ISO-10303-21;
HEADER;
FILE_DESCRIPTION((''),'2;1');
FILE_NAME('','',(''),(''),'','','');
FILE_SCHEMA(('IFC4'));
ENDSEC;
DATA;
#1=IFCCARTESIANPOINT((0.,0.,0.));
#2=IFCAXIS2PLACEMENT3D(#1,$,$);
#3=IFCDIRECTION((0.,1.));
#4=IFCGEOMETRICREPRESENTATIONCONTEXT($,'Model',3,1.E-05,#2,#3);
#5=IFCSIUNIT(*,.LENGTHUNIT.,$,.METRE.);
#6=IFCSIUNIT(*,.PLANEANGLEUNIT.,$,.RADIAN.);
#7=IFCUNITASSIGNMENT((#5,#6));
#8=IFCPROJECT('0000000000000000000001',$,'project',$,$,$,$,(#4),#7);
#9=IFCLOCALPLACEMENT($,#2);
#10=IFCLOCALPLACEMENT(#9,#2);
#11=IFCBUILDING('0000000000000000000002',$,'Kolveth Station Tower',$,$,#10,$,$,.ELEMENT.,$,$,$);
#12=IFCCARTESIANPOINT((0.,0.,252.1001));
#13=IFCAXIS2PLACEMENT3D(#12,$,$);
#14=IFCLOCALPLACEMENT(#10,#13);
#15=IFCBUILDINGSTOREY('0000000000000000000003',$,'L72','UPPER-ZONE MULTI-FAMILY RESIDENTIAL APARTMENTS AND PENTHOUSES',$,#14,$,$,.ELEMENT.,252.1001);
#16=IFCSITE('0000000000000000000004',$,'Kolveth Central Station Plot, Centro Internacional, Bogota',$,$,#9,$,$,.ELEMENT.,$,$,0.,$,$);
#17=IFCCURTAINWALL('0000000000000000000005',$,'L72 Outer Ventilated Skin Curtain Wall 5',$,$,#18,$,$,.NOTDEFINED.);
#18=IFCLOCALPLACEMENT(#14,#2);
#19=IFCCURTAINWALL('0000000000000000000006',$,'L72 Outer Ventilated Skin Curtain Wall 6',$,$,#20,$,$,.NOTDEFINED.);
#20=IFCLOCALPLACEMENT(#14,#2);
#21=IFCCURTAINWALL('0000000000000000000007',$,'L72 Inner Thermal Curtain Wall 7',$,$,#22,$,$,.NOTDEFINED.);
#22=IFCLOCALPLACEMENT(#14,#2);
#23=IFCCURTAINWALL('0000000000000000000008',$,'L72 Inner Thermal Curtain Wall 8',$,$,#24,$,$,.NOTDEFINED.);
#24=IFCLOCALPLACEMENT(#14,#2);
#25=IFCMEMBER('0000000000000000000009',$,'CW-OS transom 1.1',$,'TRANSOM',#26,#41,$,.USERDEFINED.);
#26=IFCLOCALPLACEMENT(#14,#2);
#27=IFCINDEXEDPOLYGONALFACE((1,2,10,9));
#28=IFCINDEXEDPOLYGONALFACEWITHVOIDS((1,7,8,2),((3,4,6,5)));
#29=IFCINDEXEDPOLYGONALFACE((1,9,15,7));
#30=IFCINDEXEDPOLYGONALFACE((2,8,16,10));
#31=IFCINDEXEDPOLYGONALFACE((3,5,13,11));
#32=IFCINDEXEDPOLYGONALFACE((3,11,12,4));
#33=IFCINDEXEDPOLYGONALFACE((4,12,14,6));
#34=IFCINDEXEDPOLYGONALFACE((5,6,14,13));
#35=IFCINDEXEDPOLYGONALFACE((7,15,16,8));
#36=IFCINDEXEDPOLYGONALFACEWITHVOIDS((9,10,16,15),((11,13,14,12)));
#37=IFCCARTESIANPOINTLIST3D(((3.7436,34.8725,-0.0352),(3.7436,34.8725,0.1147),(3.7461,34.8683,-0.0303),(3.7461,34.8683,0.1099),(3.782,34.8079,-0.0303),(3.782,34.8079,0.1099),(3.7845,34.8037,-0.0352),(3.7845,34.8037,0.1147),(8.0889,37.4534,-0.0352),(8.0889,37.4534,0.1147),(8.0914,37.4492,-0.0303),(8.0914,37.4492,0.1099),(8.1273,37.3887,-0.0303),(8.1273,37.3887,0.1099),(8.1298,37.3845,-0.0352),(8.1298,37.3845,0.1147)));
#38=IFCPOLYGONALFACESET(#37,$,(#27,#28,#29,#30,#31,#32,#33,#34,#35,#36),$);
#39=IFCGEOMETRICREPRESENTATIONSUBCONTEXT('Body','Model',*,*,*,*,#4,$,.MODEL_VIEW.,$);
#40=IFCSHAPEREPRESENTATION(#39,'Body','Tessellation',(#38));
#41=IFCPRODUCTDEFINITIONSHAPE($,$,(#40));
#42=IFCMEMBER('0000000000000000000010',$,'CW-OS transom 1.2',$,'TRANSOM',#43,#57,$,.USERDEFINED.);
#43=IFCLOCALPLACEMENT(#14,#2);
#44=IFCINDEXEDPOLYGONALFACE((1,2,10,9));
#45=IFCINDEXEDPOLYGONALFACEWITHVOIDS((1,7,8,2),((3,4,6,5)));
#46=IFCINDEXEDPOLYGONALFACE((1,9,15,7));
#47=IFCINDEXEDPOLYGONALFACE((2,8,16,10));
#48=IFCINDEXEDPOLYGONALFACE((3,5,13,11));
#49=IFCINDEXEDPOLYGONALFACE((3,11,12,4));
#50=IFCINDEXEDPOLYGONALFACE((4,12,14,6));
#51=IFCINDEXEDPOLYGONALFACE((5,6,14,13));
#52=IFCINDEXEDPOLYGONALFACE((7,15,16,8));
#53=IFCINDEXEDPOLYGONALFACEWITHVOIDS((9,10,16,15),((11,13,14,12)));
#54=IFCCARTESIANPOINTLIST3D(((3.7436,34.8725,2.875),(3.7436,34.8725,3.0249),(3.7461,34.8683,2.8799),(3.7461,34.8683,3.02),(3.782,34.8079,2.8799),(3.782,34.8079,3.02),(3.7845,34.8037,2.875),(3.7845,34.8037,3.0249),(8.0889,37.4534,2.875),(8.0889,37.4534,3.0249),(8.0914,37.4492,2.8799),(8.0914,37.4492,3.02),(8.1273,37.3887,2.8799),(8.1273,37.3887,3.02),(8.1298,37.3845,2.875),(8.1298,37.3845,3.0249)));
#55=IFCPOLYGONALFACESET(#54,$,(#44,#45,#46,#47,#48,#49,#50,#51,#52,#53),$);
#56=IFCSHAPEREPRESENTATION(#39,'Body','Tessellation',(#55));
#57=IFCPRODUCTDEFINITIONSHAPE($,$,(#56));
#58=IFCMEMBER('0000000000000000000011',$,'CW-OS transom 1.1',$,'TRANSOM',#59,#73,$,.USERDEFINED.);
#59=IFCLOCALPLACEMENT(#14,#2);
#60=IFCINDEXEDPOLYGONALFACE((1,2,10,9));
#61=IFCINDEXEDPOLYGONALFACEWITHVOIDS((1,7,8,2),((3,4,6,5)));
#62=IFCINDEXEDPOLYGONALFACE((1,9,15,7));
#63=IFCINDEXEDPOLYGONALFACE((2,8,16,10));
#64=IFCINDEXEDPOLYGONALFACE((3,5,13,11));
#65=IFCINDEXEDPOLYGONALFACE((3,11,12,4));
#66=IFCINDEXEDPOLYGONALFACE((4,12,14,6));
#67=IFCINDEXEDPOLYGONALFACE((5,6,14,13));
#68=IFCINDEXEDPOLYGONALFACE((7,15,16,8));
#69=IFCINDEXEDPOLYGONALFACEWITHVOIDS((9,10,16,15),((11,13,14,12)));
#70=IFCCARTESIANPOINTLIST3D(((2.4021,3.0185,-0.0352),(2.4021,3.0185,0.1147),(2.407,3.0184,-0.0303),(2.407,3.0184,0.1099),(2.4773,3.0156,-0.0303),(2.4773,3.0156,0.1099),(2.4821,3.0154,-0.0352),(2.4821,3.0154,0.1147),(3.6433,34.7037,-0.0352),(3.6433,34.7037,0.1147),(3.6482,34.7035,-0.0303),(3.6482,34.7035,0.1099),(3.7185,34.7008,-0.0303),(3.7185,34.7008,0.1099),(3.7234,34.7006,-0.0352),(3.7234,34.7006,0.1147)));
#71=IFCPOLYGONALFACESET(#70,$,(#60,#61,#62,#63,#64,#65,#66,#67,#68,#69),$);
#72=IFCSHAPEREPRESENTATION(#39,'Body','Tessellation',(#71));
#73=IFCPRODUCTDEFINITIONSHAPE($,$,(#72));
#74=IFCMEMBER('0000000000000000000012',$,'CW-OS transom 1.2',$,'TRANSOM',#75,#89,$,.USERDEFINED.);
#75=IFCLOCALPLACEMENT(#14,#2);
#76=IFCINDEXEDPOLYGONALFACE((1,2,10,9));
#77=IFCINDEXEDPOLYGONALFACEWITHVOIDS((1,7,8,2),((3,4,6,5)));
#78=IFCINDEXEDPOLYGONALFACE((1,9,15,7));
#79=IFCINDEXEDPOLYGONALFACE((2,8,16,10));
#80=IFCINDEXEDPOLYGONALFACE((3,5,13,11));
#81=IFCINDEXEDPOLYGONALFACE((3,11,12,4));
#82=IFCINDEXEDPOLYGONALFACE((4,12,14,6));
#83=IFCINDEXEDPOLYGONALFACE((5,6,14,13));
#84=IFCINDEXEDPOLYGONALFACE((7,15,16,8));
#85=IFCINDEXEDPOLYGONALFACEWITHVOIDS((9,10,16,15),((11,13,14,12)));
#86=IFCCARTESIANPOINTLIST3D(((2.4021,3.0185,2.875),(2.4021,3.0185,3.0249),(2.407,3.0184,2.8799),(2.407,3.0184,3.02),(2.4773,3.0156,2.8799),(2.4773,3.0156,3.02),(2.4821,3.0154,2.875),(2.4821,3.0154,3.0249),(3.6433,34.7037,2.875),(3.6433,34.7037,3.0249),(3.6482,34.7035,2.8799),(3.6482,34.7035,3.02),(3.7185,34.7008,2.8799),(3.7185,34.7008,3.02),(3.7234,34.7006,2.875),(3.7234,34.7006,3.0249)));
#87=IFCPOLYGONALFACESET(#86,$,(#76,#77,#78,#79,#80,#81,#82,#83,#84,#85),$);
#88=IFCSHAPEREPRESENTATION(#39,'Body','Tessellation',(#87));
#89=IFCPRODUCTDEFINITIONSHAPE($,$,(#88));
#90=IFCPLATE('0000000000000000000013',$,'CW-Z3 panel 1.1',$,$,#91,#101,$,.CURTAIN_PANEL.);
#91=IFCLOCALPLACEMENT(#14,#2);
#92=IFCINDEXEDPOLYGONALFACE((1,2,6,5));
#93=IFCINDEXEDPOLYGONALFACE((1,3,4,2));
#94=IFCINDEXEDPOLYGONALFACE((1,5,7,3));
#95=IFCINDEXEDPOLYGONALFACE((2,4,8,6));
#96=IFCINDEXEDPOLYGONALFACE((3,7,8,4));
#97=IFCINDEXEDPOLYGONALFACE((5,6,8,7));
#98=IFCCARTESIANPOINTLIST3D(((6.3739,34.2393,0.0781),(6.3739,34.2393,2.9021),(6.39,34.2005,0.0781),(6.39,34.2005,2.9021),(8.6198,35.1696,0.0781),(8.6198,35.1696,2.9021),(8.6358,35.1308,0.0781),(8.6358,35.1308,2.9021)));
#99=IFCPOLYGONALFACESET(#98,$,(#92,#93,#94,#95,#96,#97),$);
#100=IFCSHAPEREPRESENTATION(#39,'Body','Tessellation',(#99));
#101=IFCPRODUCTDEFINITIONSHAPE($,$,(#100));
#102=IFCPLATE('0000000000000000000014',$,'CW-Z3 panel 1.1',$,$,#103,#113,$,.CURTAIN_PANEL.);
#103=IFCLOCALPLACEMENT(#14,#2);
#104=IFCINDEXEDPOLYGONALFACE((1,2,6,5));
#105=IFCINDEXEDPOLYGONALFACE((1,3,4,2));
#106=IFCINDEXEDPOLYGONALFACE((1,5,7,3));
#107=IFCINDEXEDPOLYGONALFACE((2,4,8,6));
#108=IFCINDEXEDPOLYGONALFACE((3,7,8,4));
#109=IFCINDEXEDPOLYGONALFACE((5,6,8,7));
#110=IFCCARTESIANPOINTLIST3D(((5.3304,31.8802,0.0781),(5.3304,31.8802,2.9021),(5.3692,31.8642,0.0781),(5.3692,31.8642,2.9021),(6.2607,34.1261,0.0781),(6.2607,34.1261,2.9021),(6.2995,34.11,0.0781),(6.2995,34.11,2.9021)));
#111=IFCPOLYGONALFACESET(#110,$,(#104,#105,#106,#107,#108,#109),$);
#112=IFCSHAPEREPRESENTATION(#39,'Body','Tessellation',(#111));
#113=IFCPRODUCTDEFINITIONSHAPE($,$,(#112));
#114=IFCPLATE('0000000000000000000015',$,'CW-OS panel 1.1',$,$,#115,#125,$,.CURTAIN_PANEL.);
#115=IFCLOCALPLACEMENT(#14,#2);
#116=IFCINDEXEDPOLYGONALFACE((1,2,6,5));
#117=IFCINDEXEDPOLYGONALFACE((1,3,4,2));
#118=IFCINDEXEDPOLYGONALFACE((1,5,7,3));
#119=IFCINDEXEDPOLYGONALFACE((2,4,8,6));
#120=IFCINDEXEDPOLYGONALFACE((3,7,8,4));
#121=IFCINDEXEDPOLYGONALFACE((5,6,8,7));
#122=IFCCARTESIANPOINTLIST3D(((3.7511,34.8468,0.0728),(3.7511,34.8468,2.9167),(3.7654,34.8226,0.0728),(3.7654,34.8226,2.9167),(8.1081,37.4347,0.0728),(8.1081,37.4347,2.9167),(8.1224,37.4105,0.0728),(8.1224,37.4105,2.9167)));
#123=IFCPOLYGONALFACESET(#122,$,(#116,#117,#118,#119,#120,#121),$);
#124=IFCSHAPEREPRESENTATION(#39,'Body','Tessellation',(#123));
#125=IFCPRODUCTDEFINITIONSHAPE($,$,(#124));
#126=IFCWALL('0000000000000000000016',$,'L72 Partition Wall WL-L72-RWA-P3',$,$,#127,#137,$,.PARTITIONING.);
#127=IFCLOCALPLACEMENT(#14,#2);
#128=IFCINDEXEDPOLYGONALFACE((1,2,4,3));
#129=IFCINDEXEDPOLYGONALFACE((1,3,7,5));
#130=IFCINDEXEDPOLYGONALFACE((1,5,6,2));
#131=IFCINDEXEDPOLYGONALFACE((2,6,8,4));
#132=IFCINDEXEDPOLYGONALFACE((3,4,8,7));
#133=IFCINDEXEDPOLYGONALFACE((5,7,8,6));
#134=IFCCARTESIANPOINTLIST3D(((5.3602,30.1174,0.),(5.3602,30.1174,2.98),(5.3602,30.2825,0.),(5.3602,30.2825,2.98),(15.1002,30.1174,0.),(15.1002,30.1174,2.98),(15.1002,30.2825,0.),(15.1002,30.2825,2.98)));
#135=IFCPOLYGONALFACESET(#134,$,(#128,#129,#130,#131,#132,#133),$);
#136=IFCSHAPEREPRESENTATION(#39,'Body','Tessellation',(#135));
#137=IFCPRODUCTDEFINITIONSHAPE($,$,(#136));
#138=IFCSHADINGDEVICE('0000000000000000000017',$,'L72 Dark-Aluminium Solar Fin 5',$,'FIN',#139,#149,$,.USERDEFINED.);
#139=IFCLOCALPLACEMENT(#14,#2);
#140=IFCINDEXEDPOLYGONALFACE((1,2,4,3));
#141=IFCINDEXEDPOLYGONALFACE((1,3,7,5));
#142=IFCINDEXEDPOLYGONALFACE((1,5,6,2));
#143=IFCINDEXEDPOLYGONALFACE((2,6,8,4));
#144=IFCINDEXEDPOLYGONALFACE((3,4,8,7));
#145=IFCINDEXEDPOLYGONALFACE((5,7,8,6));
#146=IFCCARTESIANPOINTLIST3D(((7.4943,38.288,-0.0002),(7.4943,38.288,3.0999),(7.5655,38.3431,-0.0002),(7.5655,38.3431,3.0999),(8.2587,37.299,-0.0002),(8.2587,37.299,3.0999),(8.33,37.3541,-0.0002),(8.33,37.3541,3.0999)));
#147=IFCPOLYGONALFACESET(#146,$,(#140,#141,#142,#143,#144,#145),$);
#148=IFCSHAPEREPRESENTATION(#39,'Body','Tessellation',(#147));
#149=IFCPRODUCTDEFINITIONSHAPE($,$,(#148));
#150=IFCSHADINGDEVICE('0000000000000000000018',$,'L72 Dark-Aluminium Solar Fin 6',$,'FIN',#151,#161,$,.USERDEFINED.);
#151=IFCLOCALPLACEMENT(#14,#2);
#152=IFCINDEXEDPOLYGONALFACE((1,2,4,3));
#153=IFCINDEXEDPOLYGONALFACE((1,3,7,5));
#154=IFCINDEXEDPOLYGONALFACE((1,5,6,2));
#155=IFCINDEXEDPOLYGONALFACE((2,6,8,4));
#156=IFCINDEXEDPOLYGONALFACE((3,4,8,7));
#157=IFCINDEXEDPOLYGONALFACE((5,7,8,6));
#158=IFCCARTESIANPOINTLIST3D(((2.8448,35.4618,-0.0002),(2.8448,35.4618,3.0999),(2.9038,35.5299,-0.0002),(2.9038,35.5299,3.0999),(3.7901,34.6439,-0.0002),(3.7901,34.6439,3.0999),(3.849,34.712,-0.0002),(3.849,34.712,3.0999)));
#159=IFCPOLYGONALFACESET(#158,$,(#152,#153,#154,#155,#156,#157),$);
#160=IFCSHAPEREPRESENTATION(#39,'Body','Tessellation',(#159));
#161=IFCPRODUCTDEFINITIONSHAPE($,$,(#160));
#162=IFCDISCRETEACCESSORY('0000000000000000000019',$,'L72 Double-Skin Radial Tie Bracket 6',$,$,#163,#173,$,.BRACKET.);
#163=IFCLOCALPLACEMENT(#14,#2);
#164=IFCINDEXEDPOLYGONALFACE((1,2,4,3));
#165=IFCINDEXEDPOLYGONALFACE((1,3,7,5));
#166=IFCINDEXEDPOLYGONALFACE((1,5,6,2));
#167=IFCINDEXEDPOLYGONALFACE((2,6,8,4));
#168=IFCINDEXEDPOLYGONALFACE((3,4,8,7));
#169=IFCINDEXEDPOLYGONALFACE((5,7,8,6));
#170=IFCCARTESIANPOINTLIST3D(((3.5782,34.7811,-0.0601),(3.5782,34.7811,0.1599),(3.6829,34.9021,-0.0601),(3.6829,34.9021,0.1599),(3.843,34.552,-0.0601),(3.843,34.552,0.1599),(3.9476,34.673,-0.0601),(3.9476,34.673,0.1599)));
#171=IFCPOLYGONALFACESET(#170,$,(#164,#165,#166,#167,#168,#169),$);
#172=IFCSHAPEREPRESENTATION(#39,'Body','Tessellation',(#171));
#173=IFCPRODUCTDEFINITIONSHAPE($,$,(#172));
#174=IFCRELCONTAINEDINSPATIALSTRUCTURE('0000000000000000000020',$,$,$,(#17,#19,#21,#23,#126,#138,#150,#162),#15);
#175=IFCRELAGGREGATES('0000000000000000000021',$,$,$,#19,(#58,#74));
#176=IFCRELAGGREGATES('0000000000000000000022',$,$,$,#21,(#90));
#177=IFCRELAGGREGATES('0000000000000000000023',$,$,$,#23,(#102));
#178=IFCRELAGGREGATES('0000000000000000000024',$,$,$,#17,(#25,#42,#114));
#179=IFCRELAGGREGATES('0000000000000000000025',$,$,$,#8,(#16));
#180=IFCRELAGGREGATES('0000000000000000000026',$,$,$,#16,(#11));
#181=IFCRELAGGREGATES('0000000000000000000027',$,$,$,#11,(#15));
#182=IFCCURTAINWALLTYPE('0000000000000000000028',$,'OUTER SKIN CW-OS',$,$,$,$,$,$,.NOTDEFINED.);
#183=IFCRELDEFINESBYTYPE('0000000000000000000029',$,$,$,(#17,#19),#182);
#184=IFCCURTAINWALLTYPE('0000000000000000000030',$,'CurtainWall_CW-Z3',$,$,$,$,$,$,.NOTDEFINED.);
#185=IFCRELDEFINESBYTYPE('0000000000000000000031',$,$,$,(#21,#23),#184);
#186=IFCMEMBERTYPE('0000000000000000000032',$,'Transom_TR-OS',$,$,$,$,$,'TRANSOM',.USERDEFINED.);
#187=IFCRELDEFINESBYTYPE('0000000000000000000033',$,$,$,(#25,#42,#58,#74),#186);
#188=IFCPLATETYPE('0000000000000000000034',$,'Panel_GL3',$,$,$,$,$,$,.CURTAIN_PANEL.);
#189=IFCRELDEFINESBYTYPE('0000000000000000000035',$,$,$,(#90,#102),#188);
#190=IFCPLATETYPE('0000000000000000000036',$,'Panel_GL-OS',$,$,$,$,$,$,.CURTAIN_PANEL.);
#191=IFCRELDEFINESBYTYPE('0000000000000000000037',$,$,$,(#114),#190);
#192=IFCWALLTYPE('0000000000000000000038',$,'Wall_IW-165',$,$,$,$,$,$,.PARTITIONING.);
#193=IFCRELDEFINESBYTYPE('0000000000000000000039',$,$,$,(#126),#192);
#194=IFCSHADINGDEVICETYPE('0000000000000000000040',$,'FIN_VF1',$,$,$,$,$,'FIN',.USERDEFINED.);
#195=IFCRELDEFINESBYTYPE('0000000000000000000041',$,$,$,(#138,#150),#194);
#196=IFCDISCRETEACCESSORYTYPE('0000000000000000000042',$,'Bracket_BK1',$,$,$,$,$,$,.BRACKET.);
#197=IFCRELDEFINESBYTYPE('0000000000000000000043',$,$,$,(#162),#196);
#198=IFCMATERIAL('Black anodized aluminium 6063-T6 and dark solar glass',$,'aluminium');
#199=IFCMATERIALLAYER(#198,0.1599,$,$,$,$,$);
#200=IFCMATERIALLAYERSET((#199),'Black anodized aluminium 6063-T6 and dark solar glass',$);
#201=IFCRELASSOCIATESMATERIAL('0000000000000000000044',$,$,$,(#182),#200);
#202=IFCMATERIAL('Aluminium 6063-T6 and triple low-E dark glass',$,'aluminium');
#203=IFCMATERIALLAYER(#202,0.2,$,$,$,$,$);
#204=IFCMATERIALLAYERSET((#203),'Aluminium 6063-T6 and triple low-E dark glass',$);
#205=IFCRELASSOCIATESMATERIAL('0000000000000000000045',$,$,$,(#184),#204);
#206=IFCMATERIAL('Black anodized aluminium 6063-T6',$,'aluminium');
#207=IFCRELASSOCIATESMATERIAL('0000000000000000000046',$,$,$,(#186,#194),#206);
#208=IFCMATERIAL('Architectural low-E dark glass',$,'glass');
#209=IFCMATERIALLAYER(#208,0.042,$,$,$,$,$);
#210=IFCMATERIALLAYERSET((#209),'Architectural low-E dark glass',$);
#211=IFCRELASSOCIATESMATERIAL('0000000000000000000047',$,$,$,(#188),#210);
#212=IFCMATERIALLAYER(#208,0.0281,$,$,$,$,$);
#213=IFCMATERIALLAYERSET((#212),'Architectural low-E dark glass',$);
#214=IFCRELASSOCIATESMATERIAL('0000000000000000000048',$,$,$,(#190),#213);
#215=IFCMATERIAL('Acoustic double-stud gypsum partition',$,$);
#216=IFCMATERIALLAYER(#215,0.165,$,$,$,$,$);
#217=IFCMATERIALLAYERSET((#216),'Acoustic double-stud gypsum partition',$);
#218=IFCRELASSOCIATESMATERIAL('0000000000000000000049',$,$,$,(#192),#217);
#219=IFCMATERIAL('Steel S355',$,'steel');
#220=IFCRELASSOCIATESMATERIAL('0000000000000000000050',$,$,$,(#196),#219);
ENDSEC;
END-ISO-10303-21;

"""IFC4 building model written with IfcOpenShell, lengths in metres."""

from ifc_helpers import new_model, si_unit, direction, frame, frame_2d, origin, origin_2d, place, context, subcontext, project, spatial, rectangle, hollow_rectangle, extrude, source, transform, mapped, material, layer, layer_set, material_profile, profile_set, type_object, element, aggregate, save


model = new_model("IFC4")

# Units and contexts
model_context = context("Model", 3, precision=1e-05, world=origin(), true_north=direction((0.0, 1.0)))
body_context = subcontext(model_context, "Body", "Model", "MODEL_VIEW")
ifc_project = project(units=[si_unit("LENGTHUNIT", "METRE"), si_unit("PLANEANGLEUNIT", "RADIAN")], contexts=[model_context])

# Site, building, storey
site_placement = place(None, origin())
site = spatial("IfcSite", under=ifc_project, at=site_placement, Name="Kolveth Central Station Plot, Centro Internacional, Bogota", CompositionType="ELEMENT", RefElevation=0.0)
building_placement = place(site_placement, origin())
building = spatial("IfcBuilding", under=site, at=building_placement, Name="Kolveth Station Tower", CompositionType="ELEMENT")
storey_placement = place(building_placement, frame((0.0, 0.0, 252.1001)))
storey = spatial("IfcBuildingStorey", under=building, at=storey_placement, Name="L72", Description="UPPER-ZONE MULTI-FAMILY RESIDENTIAL APARTMENTS AND PENTHOUSES", CompositionType="ELEMENT", Elevation=252.1001)

# Curtain walls
ifc_material_1 = material(Name="Black anodized aluminium 6063-T6 and dark solar glass", Category="aluminium")
ifc_layer_1 = layer(ifc_material_1, 0.1599)
ifc_layer_set_1 = layer_set([ifc_layer_1], Name="Black anodized aluminium 6063-T6 and dark solar glass")
curtain_wall_type_1 = type_object("IfcCurtainWallType", Name="OUTER SKIN CW-OS", PredefinedType="NOTDEFINED", material=ifc_layer_set_1)
curtain_wall_1_placement = place(storey_placement, origin())
curtain_wall_1 = element("IfcCurtainWall", 1, at=curtain_wall_1_placement, inside=storey, type_object=curtain_wall_type_1, Name="L72 Outer Ventilated Skin Curtain Wall 5", PredefinedType="NOTDEFINED")
ifc_material_2 = material(Name="Black anodized aluminium 6063-T6", Category="aluminium")
curtain_wall_2_placement = place(storey_placement, origin())
curtain_wall_2 = element("IfcCurtainWall", 2, at=curtain_wall_2_placement, inside=storey, type_object=curtain_wall_type_1, Name="L72 Outer Ventilated Skin Curtain Wall 6", PredefinedType="NOTDEFINED")
ifc_material_3 = material(Name="Aluminium 6063-T6 and triple low-E dark glass", Category="aluminium")
ifc_layer_2 = layer(ifc_material_3, 0.2)
ifc_layer_set_2 = layer_set([ifc_layer_2], Name="Aluminium 6063-T6 and triple low-E dark glass")
curtain_wall_type_2 = type_object("IfcCurtainWallType", Name="CurtainWall_CW-Z3", PredefinedType="NOTDEFINED", material=ifc_layer_set_2)
curtain_wall_3_placement = place(storey_placement, origin())
curtain_wall_3 = element("IfcCurtainWall", 3, at=curtain_wall_3_placement, inside=storey, type_object=curtain_wall_type_2, Name="L72 Inner Thermal Curtain Wall 7", PredefinedType="NOTDEFINED")

# Curtain wall
curtain_wall_4_placement = place(storey_placement, origin())
curtain_wall_4 = element("IfcCurtainWall", 4, at=curtain_wall_4_placement, inside=storey, type_object=curtain_wall_type_2, Name="L72 Inner Thermal Curtain Wall 8", PredefinedType="NOTDEFINED")

# Members
ifc_material_profile_1 = material_profile(ifc_material_2, hollow_rectangle(XDim=0.0801, YDim=0.1499, WallThickness=0.0049, at=origin_2d()), Name="ALU-80x150x5")
ifc_profile_set_1 = profile_set([ifc_material_profile_1], Name="Black anodized aluminium 6063-T6")
member_type_1 = type_object("IfcMemberType", Name="Transom_TR-OS", ElementType="TRANSOM", PredefinedType="USERDEFINED", material=ifc_profile_set_1)
shared_shape_1 = source(origin(), body_context, "Body", "SweptSolid", [
    extrude(hollow_rectangle(XDim=0.0801, YDim=0.1499, WallThickness=0.0049, at=origin_2d()), origin(), (0.0, 0.0, 1.0), 5.054),
])
member_1_placement = place(storey_placement, frame((8.1094, 37.4189, 0.0398), z_axis=(-0.859782, -0.510662, 0.0), x_axis=(0.510662, -0.859782, 0.0)))
member_1 = element("IfcMember", 5, at=member_1_placement, type_object=member_type_1, Name="CW-OS transom 1.1", ObjectType="TRANSOM", PredefinedType="USERDEFINED", context=body_context, shape_type="MappedRepresentation", body=[
    mapped(shared_shape_1, transform((0.0, 0.0, 0.0), x_axis=(1.0, 0.0, 0.0), y_axis=(0.0, 1.0, 0.0), z_axis=(0.0, 0.0, 1.0), scale=1.0)),
])
member_2_placement = place(storey_placement, frame((8.1094, 37.4189, 2.95), z_axis=(-0.859782, -0.510662, 0.0), x_axis=(0.510662, -0.859782, 0.0)))
member_2 = element("IfcMember", 6, at=member_2_placement, type_object=member_type_1, Name="CW-OS transom 1.2", ObjectType="TRANSOM", PredefinedType="USERDEFINED", context=body_context, shape_type="MappedRepresentation", body=[
    mapped(shared_shape_1, transform((0.0, 0.0, 0.0), x_axis=(1.0, 0.0, 0.0), y_axis=(0.0, 1.0, 0.0), z_axis=(0.0, 0.0, 1.0), scale=1.0)),
])
shared_shape_2 = source(origin(), body_context, "Body", "SweptSolid", [
    extrude(hollow_rectangle(XDim=0.0801, YDim=0.1499, WallThickness=0.0049, at=origin_2d()), origin(), (0.0, 0.0, 1.0), 31.7095),
])
member_3_placement = place(storey_placement, frame((3.6833, 34.7021, 0.0398), z_axis=(-0.039143, -0.999234, 0.0), x_axis=(0.999234, -0.039143, 0.0)))
member_3 = element("IfcMember", 7, at=member_3_placement, type_object=member_type_1, Name="CW-OS transom 1.1", ObjectType="TRANSOM", PredefinedType="USERDEFINED", context=body_context, shape_type="MappedRepresentation", body=[
    mapped(shared_shape_2, transform((0.0, 0.0, 0.0), x_axis=(1.0, 0.0, 0.0), y_axis=(0.0, 1.0, 0.0), z_axis=(0.0, 0.0, 1.0), scale=1.0)),
])
member_4_placement = place(storey_placement, frame((3.6833, 34.7021, 2.95), z_axis=(-0.039143, -0.999234, 0.0), x_axis=(0.999234, -0.039143, 0.0)))
member_4 = element("IfcMember", 8, at=member_4_placement, type_object=member_type_1, Name="CW-OS transom 1.2", ObjectType="TRANSOM", PredefinedType="USERDEFINED", context=body_context, shape_type="MappedRepresentation", body=[
    mapped(shared_shape_2, transform((0.0, 0.0, 0.0), x_axis=(1.0, 0.0, 0.0), y_axis=(0.0, 1.0, 0.0), z_axis=(0.0, 0.0, 1.0), scale=1.0)),
])
aggregate(curtain_wall_2, [member_3, member_4])

# Plates
ifc_material_4 = material(Name="Architectural low-E dark glass", Category="glass")
ifc_layer_3 = layer(ifc_material_4, 0.042)
ifc_layer_set_3 = layer_set([ifc_layer_3], Name="Architectural low-E dark glass")
plate_type_1 = type_object("IfcPlateType", Name="Panel_GL3", PredefinedType="CURTAIN_PANEL", material=ifc_layer_set_3)
shared_shape_3 = source(origin(), body_context, "Body", "SweptSolid", [
    extrude(rectangle(XDim=2.4309, YDim=0.042, at=origin_2d()), origin(), (0.0, 0.0, 1.0), 2.824),
])
plate_1_placement = place(storey_placement, frame((7.5049, 34.6851, 0.0781), z_axis=(0.0, 0.0, 1.0), x_axis=(-0.923875, -0.382693, 0.0)))
plate_1 = element("IfcPlate", 9, at=plate_1_placement, type_object=plate_type_1, Name="CW-Z3 panel 1.1", PredefinedType="CURTAIN_PANEL", context=body_context, shape_type="MappedRepresentation", body=[
    mapped(shared_shape_3, transform((0.0, 0.0, 0.0), x_axis=(1.0, 0.0, 0.0), y_axis=(0.0, 1.0, 0.0), z_axis=(0.0, 0.0, 1.0), scale=1.0)),
])
aggregate(curtain_wall_3, [plate_1])
plate_2_placement = place(storey_placement, frame((5.8149, 32.9951, 0.0781), z_axis=(0.0, 0.0, 1.0), x_axis=(-0.382693, -0.923875, 0.0)))
plate_2 = element("IfcPlate", 10, at=plate_2_placement, type_object=plate_type_1, Name="CW-Z3 panel 1.1", PredefinedType="CURTAIN_PANEL", context=body_context, shape_type="MappedRepresentation", body=[
    mapped(shared_shape_3, transform((0.0, 0.0, 0.0), x_axis=(1.0, 0.0, 0.0), y_axis=(0.0, 1.0, 0.0), z_axis=(0.0, 0.0, 1.0), scale=1.0)),
])
aggregate(curtain_wall_4, [plate_2])
ifc_layer_4 = layer(ifc_material_4, 0.0281)
ifc_layer_set_4 = layer_set([ifc_layer_4], Name="Architectural low-E dark glass")
plate_type_2 = type_object("IfcPlateType", Name="Panel_GL-OS", PredefinedType="CURTAIN_PANEL", material=ifc_layer_set_4)
shared_shape_4 = source(origin(), body_context, "Body", "SweptSolid", [
    extrude(rectangle(XDim=5.0676, YDim=0.0281, at=origin_2d()), origin(), (0.0, 0.0, 1.0), 2.844),
])
plate_3_placement = place(storey_placement, frame((5.9368, 36.1287, 0.0728), z_axis=(0.0, 0.0, 1.0), x_axis=(-0.859776, -0.510672, 0.0)))
plate_3 = element("IfcPlate", 11, at=plate_3_placement, type_object=plate_type_2, Name="CW-OS panel 1.1", PredefinedType="CURTAIN_PANEL", context=body_context, shape_type="MappedRepresentation", body=[
    mapped(shared_shape_4, transform((0.0, 0.0, 0.0), x_axis=(1.0, 0.0, 0.0), y_axis=(0.0, 1.0, 0.0), z_axis=(0.0, 0.0, 1.0), scale=1.0)),
])
aggregate(curtain_wall_1, [member_1, member_2, plate_3])

# Wall
ifc_material_5 = material(Name="Acoustic double-stud gypsum partition")
ifc_layer_5 = layer(ifc_material_5, 0.165)
ifc_layer_set_5 = layer_set([ifc_layer_5], Name="Acoustic double-stud gypsum partition")
wall_type = type_object("IfcWallType", Name="Wall_IW-165", PredefinedType="PARTITIONING", material=ifc_layer_set_5)
wall_placement = place(storey_placement, frame((5.3601, 30.2, 0.0), z_axis=(0.0, 0.0, 1.0), x_axis=(1.0, 0.0, 0.0)))
element("IfcWall", 12, at=wall_placement, inside=storey, type_object=wall_type, Name="L72 Partition Wall WL-L72-RWA-P3", PredefinedType="PARTITIONING", context=body_context, shape_type="SweptSolid", body=[
    extrude(rectangle(XDim=9.74, YDim=0.165, at=frame_2d((4.8701, 0.0))), origin(), (0.0, 0.0, 1.0), 2.98),
])

# Shading devices
shading_device_type = type_object("IfcShadingDeviceType", Name="FIN_VF1", ElementType="FIN", PredefinedType="USERDEFINED", material=ifc_material_2)
shared_shape_5 = source(origin(), body_context, "Body", "SweptSolid", [
    extrude(rectangle(XDim=1.25, YDim=0.0901, at=origin_2d()), origin(), (0.0, 0.0, 1.0), 3.1001),
])
for number, where, z_axis, x_axis, name in (
    (13, (7.9121, 37.821, -0.0002), (0.0, 0.0, 1.0), (-0.611527, 0.791224, 0.0), "L72 Dark-Aluminium Solar Fin 5"),
    (14, (3.3469, 35.0869, -0.0002), (0.0, 0.0, 1.0), (-0.756196, 0.654345, 0.0), "L72 Dark-Aluminium Solar Fin 6"),
):
    element("IfcShadingDevice", number, at=place(storey_placement, frame(where, z_axis=z_axis, x_axis=x_axis)), inside=storey, type_object=shading_device_type, Name=name, ObjectType="FIN", PredefinedType="USERDEFINED", context=body_context, shape_type="MappedRepresentation", body=[
        mapped(shared_shape_5, transform((0.0, 0.0, 0.0), x_axis=(1.0, 0.0, 0.0), y_axis=(0.0, 1.0, 0.0), z_axis=(0.0, 0.0, 1.0), scale=1.0)),
    ])

# Discrete accessory
ifc_material_6 = material(Name="Steel S355", Category="steel")
discrete_accessory_type = type_object("IfcDiscreteAccessoryType", Name="Bracket_BK1", PredefinedType="BRACKET", material=ifc_material_6)
shared_shape_6 = source(origin(), body_context, "Body", "SweptSolid", [
    extrude(rectangle(XDim=0.3501, YDim=0.1599, at=origin_2d()), origin(), (0.0, 0.0, 1.0), 0.22),
])
discrete_accessory_placement = place(storey_placement, frame((3.7629, 34.7271, -0.0601), z_axis=(0.0, 0.0, 1.0), x_axis=(-0.756196, 0.654345, 0.0)))
element("IfcDiscreteAccessory", 15, at=discrete_accessory_placement, inside=storey, type_object=discrete_accessory_type, Name="L72 Double-Skin Radial Tie Bracket 6", PredefinedType="BRACKET", context=body_context, shape_type="MappedRepresentation", body=[
    mapped(shared_shape_6, transform((0.0, 0.0, 0.0), x_axis=(1.0, 0.0, 0.0), y_axis=(0.0, 1.0, 0.0), z_axis=(0.0, 0.0, 1.0), scale=1.0)),
])

save(model, "model.ifc")
